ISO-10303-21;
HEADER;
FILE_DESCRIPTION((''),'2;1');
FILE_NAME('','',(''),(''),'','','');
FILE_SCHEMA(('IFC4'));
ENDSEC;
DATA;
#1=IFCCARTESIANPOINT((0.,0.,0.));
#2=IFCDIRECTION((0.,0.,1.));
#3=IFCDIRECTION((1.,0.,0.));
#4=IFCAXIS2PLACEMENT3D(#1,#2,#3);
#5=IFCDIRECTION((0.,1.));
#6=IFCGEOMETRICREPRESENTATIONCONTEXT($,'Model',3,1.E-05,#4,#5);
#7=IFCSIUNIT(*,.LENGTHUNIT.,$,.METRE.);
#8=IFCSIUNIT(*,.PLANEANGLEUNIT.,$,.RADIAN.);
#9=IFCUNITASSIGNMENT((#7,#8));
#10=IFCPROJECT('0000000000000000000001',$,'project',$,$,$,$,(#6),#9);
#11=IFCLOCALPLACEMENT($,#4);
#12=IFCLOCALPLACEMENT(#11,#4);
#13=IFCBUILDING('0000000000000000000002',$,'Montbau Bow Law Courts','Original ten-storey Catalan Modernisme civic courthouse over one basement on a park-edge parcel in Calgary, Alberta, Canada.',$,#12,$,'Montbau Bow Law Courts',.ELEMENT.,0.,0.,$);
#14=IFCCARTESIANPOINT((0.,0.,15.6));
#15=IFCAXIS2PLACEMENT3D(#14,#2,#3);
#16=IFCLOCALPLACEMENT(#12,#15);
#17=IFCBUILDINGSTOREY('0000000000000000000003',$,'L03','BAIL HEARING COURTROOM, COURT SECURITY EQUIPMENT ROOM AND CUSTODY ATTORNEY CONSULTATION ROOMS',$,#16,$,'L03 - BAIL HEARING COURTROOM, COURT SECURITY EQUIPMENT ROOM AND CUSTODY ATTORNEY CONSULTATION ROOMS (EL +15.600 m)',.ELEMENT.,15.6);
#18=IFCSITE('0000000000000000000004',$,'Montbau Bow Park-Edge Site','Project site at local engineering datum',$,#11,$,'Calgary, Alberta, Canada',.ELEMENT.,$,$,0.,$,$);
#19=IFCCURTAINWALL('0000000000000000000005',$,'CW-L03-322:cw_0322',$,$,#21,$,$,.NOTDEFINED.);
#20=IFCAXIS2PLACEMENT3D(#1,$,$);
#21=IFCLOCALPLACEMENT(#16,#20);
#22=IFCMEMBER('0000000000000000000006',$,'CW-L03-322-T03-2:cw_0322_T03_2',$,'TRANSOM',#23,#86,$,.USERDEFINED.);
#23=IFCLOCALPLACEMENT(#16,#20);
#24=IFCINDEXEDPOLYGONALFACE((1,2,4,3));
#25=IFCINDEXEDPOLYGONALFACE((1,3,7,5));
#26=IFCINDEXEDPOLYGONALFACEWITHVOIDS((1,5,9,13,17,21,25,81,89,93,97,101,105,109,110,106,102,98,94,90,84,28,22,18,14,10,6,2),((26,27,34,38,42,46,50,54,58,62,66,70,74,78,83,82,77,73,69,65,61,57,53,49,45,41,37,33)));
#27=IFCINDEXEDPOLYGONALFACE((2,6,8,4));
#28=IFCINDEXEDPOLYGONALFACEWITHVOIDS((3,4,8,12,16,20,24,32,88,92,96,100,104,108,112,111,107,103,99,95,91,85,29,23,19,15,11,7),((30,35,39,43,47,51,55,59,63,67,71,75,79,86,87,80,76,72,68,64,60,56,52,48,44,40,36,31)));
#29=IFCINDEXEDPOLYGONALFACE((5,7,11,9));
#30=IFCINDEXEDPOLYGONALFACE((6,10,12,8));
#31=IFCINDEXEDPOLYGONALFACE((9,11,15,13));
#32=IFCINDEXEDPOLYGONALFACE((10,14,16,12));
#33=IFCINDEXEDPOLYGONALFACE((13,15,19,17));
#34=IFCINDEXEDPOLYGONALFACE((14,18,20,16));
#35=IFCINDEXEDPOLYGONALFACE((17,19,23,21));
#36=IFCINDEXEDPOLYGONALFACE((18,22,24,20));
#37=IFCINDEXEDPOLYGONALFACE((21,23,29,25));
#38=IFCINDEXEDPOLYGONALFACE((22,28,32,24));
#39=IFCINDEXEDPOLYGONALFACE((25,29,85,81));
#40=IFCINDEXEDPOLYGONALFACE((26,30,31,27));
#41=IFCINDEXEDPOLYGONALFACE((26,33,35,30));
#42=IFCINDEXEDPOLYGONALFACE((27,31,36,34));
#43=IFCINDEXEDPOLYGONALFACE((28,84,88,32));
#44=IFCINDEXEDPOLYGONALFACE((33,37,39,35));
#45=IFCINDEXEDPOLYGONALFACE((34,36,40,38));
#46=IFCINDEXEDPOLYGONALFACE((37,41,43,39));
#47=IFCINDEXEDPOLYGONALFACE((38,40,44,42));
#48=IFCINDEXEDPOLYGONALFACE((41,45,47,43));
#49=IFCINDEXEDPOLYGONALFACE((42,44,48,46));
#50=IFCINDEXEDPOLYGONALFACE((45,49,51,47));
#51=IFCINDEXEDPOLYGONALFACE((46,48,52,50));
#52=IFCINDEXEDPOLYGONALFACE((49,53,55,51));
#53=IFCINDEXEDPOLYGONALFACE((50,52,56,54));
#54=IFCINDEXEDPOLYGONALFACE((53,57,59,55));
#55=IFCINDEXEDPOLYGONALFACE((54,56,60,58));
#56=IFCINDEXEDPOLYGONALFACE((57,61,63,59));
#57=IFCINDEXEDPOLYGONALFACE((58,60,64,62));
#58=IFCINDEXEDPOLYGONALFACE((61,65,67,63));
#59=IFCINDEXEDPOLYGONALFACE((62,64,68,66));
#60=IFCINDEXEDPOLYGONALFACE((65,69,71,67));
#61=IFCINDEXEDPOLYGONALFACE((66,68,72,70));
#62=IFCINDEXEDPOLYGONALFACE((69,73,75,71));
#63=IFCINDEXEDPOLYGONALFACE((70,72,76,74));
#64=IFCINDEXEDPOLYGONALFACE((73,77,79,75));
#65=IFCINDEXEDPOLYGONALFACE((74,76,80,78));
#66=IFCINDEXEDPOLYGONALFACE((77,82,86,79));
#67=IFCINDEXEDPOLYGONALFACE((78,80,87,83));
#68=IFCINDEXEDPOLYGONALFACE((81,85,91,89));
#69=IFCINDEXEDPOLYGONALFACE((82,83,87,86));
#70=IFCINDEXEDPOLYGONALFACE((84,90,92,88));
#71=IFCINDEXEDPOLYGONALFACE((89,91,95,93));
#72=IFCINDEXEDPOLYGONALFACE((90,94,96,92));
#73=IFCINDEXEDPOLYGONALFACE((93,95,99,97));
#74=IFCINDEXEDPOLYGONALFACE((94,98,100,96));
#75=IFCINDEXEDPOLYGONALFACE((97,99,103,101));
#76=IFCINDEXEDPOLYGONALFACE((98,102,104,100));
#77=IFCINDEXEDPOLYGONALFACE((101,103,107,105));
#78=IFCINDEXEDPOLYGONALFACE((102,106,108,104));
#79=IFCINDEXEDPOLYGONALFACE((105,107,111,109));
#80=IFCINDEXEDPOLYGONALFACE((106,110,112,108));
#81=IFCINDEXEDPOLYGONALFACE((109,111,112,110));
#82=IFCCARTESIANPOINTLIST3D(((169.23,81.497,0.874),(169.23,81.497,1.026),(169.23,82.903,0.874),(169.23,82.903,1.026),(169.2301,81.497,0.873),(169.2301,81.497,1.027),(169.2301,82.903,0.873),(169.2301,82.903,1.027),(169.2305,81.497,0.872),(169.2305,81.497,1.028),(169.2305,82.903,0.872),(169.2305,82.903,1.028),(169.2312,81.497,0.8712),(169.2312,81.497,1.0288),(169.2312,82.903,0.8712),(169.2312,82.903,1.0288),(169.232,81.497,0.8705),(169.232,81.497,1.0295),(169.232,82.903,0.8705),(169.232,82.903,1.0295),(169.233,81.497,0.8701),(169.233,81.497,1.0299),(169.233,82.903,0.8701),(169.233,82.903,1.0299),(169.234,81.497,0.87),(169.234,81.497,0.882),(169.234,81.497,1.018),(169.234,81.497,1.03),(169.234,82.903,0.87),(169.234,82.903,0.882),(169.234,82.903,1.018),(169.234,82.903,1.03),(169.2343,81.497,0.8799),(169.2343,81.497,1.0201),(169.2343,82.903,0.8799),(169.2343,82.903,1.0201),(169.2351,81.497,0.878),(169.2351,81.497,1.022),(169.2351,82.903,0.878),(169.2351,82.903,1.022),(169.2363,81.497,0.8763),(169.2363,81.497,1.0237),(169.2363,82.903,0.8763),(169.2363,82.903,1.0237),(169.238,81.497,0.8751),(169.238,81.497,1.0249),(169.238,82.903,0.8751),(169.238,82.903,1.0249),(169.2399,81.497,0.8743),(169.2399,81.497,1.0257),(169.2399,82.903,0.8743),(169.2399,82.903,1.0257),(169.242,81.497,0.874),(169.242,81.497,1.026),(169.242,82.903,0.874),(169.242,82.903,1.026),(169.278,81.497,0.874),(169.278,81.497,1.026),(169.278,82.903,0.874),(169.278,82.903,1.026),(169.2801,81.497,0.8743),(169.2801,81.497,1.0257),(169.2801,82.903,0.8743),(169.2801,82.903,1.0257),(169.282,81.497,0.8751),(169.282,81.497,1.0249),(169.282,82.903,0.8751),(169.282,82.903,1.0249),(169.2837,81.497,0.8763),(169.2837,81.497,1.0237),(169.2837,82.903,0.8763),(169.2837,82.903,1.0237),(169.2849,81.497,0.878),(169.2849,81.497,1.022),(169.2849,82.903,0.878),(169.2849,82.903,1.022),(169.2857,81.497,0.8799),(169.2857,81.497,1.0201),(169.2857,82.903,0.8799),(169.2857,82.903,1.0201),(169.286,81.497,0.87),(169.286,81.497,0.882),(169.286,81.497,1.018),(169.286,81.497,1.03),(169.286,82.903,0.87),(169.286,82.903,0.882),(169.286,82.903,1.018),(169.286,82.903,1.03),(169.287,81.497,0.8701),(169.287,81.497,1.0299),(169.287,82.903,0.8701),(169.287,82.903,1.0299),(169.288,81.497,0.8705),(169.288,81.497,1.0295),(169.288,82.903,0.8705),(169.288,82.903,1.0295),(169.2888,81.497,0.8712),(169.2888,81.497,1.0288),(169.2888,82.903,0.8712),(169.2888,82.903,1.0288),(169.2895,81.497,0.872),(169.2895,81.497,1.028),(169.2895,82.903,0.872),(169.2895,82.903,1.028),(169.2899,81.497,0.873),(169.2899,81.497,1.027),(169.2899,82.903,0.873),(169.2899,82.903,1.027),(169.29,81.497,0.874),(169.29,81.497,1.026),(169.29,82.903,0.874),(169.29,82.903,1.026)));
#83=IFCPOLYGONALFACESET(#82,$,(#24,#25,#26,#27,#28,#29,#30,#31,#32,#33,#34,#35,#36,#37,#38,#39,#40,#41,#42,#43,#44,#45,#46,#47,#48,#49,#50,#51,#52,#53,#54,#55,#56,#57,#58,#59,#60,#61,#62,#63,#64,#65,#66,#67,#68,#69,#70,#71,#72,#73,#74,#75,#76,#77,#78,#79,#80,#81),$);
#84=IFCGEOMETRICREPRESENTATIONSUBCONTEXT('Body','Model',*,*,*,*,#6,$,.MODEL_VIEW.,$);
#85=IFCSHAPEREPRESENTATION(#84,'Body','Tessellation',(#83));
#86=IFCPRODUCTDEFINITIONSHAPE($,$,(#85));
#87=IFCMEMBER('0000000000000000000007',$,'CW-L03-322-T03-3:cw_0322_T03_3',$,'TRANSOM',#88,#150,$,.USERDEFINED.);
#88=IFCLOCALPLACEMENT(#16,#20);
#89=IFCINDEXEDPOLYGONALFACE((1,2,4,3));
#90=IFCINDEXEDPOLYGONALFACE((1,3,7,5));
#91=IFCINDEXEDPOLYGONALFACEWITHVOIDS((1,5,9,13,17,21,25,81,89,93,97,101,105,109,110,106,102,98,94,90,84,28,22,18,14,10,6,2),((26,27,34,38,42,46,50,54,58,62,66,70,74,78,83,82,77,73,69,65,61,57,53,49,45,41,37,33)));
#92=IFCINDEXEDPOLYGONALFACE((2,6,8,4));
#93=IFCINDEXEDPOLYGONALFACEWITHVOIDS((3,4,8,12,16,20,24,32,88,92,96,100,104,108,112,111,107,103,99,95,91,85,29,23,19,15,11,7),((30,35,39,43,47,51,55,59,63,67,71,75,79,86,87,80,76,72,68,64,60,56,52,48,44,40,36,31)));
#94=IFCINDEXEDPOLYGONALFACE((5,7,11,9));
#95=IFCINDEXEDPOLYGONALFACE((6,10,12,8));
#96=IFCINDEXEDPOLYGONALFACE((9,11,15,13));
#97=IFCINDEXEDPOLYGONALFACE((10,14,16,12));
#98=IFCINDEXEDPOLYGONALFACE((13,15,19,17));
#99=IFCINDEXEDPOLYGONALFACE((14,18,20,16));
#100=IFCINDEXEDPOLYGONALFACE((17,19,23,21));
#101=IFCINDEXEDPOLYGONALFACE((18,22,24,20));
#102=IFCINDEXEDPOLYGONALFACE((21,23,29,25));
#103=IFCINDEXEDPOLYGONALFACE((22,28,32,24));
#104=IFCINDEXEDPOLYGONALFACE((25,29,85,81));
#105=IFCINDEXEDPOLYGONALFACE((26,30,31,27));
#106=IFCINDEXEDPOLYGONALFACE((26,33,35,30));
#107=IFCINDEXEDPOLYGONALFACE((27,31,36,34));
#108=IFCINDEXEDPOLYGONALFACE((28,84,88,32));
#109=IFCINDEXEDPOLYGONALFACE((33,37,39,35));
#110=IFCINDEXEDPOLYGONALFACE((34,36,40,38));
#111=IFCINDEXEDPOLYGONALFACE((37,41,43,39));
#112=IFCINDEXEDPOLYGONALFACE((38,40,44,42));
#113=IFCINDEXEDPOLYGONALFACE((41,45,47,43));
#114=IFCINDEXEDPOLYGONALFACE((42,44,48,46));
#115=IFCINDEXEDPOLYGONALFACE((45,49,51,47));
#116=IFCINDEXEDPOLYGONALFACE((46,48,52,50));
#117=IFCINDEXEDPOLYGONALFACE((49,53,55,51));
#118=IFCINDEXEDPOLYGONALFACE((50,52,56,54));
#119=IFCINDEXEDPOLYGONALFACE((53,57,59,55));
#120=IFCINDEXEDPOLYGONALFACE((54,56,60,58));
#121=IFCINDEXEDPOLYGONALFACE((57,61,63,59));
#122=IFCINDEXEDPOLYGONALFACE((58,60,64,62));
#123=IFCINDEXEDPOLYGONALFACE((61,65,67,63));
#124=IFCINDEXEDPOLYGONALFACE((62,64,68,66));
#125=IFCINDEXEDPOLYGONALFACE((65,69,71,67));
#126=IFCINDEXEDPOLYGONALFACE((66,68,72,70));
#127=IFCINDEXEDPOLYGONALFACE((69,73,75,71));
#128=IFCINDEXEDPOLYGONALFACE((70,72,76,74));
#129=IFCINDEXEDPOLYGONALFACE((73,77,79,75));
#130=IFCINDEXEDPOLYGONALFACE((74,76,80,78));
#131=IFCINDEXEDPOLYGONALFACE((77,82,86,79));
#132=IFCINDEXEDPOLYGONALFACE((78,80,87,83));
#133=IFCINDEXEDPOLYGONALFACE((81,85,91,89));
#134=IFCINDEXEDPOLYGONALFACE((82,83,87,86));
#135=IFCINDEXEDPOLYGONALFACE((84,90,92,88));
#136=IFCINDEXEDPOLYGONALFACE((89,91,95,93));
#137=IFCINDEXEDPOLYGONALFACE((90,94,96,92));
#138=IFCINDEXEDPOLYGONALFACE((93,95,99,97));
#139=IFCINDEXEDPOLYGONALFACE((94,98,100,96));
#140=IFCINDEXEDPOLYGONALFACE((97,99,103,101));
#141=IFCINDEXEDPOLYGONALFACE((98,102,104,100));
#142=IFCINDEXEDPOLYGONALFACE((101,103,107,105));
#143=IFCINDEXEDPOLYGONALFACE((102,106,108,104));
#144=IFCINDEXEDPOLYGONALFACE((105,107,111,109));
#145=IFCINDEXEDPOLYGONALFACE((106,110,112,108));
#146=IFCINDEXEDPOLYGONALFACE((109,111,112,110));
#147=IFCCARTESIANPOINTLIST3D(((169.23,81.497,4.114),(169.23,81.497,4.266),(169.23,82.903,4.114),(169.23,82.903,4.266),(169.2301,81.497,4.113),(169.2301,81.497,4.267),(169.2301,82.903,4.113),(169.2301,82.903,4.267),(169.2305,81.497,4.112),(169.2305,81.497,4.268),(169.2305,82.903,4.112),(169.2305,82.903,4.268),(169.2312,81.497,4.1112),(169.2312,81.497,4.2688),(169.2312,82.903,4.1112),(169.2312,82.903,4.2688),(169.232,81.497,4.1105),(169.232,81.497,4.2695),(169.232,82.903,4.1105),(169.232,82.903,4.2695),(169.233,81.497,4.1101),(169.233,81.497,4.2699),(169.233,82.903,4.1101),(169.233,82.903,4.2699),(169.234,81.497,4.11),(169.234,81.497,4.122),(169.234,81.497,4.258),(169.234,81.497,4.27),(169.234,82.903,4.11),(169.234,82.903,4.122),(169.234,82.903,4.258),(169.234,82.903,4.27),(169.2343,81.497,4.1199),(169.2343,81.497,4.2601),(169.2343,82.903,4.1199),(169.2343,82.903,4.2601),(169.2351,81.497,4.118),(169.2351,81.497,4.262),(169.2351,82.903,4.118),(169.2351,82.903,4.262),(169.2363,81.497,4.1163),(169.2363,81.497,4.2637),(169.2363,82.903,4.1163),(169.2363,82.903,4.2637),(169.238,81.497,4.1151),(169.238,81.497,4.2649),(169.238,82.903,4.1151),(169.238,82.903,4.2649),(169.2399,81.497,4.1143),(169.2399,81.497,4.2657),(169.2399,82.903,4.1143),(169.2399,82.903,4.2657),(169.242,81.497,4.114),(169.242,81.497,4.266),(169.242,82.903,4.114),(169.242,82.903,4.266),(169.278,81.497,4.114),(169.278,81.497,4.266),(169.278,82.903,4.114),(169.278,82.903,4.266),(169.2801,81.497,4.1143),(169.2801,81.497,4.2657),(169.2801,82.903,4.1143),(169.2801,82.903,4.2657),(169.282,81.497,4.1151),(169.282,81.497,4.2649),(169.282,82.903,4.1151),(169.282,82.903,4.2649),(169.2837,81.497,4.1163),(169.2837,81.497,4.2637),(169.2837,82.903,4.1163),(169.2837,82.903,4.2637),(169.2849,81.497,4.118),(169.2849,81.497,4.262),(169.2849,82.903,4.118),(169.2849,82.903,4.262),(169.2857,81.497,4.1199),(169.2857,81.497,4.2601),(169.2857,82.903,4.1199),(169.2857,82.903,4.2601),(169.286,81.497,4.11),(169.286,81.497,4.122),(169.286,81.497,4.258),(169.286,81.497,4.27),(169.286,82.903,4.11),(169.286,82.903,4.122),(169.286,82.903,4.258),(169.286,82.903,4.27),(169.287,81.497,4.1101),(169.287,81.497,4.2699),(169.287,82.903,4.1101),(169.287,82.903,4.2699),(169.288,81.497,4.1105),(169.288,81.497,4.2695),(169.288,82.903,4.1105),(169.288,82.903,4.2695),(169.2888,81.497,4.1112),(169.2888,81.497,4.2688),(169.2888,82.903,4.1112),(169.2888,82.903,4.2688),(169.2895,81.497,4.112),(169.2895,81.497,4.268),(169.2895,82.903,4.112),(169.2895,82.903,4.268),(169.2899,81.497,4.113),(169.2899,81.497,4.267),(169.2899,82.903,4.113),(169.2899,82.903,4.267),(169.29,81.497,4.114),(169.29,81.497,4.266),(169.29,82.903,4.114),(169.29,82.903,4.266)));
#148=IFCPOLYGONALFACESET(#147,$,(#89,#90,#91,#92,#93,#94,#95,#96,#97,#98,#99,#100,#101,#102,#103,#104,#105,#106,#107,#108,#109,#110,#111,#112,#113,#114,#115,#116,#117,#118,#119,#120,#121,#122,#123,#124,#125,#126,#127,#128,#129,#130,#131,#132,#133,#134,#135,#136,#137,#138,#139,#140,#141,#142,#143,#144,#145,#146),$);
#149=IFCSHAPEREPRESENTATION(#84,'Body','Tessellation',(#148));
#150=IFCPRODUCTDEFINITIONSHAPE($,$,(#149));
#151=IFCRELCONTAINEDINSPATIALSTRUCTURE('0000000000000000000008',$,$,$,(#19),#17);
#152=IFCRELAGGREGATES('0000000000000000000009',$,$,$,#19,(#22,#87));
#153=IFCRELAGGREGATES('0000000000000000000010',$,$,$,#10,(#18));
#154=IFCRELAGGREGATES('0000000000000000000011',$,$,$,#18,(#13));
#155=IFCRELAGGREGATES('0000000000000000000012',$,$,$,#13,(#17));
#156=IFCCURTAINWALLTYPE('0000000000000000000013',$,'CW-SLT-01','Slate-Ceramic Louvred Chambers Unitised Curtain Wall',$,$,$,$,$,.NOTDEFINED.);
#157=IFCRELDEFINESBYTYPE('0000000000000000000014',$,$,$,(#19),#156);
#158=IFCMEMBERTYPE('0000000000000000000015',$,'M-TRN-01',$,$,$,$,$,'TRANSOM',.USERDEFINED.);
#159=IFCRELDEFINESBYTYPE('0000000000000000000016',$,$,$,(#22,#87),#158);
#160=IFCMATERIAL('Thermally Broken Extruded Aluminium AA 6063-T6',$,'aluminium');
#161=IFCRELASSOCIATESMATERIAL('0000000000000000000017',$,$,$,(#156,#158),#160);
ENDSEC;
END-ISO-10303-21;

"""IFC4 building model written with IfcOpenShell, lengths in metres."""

from ifc_helpers import new_model, si_unit, direction, frame, origin_with_axes, origin_2d_with_axis, place, context, subcontext, project, spatial, hollow_rectangle, extrude, material, material_profile, profile_set, type_object, element, aggregate, save


model = new_model("IFC4")

# Units and contexts
model_context = context("Model", 3, precision=1e-05, world=origin_with_axes(), true_north=direction((0.0, 1.0)))
body_context = subcontext(model_context, "Body", "Model", "MODEL_VIEW")
ifc_project = project(units=[si_unit("LENGTHUNIT", "METRE"), si_unit("PLANEANGLEUNIT", "RADIAN")], contexts=[model_context])

# Site, building, storey
site_placement = place(None, origin_with_axes())
site = spatial("IfcSite", under=ifc_project, at=site_placement, Name="Montbau Bow Park-Edge Site", Description="Project site at local engineering datum", LongName="Calgary, Alberta, Canada", CompositionType="ELEMENT", RefElevation=0.0)
building_placement = place(site_placement, origin_with_axes())
building = spatial("IfcBuilding", under=site, at=building_placement, Name="Montbau Bow Law Courts", Description="Original ten-storey Catalan Modernisme civic courthouse over one basement on a park-edge parcel in Calgary, Alberta, Canada.", LongName="Montbau Bow Law Courts", CompositionType="ELEMENT", ElevationOfRefHeight=0.0, ElevationOfTerrain=0.0)
storey_placement = place(building_placement, frame((0.0, 0.0, 15.6), z_axis=(0.0, 0.0, 1.0), x_axis=(1.0, 0.0, 0.0)))
storey = spatial("IfcBuildingStorey", under=building, at=storey_placement, Name="L03", Description="BAIL HEARING COURTROOM, COURT SECURITY EQUIPMENT ROOM AND CUSTODY ATTORNEY CONSULTATION ROOMS", LongName="L03 - BAIL HEARING COURTROOM, COURT SECURITY EQUIPMENT ROOM AND CUSTODY ATTORNEY CONSULTATION ROOMS (EL +15.600 m)", CompositionType="ELEMENT", Elevation=15.6)

# Curtain wall, members
ifc_material_1 = material(Name="Thermally Broken Extruded Aluminium AA 6063-T6", Category="aluminium")
curtain_wall_type = type_object("IfcCurtainWallType", Name="CW-SLT-01", Description="Slate-Ceramic Louvred Chambers Unitised Curtain Wall", PredefinedType="NOTDEFINED", material=ifc_material_1)
curtain_wall_placement = place(None, frame((169.26, 78.515, 15.6), z_axis=(0.0, 0.0, 1.0), x_axis=(1.0, 0.0, 0.0)))
curtain_wall = element("IfcCurtainWall", 1, at=curtain_wall_placement, inside=storey, type_object=curtain_wall_type, Name="CW-L03-322:cw_0322", PredefinedType="NOTDEFINED")
ifc_material_profile_1 = material_profile(ifc_material_1, hollow_rectangle(XDim=0.06, YDim=0.16, WallThickness=0.004, InnerFilletRadius=0.008, OuterFilletRadius=0.004, at=origin_2d_with_axis()), Name="CWT-160X60", Category="Main", Priority=0)
ifc_profile_set_1 = profile_set([ifc_material_profile_1], Name="Thermally Broken Extruded Aluminium AA 6063-T6")
member_type_1 = type_object("IfcMemberType", Name="M-TRN-01", ElementType="TRANSOM", PredefinedType="USERDEFINED", material=ifc_profile_set_1)
member_1_placement = place(None, frame((169.26, 81.497, 16.55), z_axis=(0.0, 1.0, 0.0), x_axis=(-1.0, 0.0, 0.0)))
member_1 = element("IfcMember", 2, at=member_1_placement, type_object=member_type_1, Name="CW-L03-322-T03-2:cw_0322_T03_2", ObjectType="TRANSOM", PredefinedType="USERDEFINED", context=body_context, shape_type="SweptSolid", body=[
    extrude(hollow_rectangle(XDim=0.06, YDim=0.16, WallThickness=0.004, InnerFilletRadius=0.008, OuterFilletRadius=0.004, at=origin_2d_with_axis()), origin_with_axes(), (0.0, 0.0, 1.0), 1.406),
])
member_2_placement = place(None, frame((169.26, 81.497, 19.79), z_axis=(0.0, 1.0, 0.0), x_axis=(-1.0, 0.0, 0.0)))
member_2 = element("IfcMember", 3, at=member_2_placement, type_object=member_type_1, Name="CW-L03-322-T03-3:cw_0322_T03_3", ObjectType="TRANSOM", PredefinedType="USERDEFINED", context=body_context, shape_type="SweptSolid", body=[
    extrude(hollow_rectangle(XDim=0.06, YDim=0.16, WallThickness=0.004, InnerFilletRadius=0.008, OuterFilletRadius=0.004, at=origin_2d_with_axis()), origin_with_axes(), (0.0, 0.0, 1.0), 1.406),
])
aggregate(curtain_wall, [member_1, member_2])

save(model, "model.ifc")
